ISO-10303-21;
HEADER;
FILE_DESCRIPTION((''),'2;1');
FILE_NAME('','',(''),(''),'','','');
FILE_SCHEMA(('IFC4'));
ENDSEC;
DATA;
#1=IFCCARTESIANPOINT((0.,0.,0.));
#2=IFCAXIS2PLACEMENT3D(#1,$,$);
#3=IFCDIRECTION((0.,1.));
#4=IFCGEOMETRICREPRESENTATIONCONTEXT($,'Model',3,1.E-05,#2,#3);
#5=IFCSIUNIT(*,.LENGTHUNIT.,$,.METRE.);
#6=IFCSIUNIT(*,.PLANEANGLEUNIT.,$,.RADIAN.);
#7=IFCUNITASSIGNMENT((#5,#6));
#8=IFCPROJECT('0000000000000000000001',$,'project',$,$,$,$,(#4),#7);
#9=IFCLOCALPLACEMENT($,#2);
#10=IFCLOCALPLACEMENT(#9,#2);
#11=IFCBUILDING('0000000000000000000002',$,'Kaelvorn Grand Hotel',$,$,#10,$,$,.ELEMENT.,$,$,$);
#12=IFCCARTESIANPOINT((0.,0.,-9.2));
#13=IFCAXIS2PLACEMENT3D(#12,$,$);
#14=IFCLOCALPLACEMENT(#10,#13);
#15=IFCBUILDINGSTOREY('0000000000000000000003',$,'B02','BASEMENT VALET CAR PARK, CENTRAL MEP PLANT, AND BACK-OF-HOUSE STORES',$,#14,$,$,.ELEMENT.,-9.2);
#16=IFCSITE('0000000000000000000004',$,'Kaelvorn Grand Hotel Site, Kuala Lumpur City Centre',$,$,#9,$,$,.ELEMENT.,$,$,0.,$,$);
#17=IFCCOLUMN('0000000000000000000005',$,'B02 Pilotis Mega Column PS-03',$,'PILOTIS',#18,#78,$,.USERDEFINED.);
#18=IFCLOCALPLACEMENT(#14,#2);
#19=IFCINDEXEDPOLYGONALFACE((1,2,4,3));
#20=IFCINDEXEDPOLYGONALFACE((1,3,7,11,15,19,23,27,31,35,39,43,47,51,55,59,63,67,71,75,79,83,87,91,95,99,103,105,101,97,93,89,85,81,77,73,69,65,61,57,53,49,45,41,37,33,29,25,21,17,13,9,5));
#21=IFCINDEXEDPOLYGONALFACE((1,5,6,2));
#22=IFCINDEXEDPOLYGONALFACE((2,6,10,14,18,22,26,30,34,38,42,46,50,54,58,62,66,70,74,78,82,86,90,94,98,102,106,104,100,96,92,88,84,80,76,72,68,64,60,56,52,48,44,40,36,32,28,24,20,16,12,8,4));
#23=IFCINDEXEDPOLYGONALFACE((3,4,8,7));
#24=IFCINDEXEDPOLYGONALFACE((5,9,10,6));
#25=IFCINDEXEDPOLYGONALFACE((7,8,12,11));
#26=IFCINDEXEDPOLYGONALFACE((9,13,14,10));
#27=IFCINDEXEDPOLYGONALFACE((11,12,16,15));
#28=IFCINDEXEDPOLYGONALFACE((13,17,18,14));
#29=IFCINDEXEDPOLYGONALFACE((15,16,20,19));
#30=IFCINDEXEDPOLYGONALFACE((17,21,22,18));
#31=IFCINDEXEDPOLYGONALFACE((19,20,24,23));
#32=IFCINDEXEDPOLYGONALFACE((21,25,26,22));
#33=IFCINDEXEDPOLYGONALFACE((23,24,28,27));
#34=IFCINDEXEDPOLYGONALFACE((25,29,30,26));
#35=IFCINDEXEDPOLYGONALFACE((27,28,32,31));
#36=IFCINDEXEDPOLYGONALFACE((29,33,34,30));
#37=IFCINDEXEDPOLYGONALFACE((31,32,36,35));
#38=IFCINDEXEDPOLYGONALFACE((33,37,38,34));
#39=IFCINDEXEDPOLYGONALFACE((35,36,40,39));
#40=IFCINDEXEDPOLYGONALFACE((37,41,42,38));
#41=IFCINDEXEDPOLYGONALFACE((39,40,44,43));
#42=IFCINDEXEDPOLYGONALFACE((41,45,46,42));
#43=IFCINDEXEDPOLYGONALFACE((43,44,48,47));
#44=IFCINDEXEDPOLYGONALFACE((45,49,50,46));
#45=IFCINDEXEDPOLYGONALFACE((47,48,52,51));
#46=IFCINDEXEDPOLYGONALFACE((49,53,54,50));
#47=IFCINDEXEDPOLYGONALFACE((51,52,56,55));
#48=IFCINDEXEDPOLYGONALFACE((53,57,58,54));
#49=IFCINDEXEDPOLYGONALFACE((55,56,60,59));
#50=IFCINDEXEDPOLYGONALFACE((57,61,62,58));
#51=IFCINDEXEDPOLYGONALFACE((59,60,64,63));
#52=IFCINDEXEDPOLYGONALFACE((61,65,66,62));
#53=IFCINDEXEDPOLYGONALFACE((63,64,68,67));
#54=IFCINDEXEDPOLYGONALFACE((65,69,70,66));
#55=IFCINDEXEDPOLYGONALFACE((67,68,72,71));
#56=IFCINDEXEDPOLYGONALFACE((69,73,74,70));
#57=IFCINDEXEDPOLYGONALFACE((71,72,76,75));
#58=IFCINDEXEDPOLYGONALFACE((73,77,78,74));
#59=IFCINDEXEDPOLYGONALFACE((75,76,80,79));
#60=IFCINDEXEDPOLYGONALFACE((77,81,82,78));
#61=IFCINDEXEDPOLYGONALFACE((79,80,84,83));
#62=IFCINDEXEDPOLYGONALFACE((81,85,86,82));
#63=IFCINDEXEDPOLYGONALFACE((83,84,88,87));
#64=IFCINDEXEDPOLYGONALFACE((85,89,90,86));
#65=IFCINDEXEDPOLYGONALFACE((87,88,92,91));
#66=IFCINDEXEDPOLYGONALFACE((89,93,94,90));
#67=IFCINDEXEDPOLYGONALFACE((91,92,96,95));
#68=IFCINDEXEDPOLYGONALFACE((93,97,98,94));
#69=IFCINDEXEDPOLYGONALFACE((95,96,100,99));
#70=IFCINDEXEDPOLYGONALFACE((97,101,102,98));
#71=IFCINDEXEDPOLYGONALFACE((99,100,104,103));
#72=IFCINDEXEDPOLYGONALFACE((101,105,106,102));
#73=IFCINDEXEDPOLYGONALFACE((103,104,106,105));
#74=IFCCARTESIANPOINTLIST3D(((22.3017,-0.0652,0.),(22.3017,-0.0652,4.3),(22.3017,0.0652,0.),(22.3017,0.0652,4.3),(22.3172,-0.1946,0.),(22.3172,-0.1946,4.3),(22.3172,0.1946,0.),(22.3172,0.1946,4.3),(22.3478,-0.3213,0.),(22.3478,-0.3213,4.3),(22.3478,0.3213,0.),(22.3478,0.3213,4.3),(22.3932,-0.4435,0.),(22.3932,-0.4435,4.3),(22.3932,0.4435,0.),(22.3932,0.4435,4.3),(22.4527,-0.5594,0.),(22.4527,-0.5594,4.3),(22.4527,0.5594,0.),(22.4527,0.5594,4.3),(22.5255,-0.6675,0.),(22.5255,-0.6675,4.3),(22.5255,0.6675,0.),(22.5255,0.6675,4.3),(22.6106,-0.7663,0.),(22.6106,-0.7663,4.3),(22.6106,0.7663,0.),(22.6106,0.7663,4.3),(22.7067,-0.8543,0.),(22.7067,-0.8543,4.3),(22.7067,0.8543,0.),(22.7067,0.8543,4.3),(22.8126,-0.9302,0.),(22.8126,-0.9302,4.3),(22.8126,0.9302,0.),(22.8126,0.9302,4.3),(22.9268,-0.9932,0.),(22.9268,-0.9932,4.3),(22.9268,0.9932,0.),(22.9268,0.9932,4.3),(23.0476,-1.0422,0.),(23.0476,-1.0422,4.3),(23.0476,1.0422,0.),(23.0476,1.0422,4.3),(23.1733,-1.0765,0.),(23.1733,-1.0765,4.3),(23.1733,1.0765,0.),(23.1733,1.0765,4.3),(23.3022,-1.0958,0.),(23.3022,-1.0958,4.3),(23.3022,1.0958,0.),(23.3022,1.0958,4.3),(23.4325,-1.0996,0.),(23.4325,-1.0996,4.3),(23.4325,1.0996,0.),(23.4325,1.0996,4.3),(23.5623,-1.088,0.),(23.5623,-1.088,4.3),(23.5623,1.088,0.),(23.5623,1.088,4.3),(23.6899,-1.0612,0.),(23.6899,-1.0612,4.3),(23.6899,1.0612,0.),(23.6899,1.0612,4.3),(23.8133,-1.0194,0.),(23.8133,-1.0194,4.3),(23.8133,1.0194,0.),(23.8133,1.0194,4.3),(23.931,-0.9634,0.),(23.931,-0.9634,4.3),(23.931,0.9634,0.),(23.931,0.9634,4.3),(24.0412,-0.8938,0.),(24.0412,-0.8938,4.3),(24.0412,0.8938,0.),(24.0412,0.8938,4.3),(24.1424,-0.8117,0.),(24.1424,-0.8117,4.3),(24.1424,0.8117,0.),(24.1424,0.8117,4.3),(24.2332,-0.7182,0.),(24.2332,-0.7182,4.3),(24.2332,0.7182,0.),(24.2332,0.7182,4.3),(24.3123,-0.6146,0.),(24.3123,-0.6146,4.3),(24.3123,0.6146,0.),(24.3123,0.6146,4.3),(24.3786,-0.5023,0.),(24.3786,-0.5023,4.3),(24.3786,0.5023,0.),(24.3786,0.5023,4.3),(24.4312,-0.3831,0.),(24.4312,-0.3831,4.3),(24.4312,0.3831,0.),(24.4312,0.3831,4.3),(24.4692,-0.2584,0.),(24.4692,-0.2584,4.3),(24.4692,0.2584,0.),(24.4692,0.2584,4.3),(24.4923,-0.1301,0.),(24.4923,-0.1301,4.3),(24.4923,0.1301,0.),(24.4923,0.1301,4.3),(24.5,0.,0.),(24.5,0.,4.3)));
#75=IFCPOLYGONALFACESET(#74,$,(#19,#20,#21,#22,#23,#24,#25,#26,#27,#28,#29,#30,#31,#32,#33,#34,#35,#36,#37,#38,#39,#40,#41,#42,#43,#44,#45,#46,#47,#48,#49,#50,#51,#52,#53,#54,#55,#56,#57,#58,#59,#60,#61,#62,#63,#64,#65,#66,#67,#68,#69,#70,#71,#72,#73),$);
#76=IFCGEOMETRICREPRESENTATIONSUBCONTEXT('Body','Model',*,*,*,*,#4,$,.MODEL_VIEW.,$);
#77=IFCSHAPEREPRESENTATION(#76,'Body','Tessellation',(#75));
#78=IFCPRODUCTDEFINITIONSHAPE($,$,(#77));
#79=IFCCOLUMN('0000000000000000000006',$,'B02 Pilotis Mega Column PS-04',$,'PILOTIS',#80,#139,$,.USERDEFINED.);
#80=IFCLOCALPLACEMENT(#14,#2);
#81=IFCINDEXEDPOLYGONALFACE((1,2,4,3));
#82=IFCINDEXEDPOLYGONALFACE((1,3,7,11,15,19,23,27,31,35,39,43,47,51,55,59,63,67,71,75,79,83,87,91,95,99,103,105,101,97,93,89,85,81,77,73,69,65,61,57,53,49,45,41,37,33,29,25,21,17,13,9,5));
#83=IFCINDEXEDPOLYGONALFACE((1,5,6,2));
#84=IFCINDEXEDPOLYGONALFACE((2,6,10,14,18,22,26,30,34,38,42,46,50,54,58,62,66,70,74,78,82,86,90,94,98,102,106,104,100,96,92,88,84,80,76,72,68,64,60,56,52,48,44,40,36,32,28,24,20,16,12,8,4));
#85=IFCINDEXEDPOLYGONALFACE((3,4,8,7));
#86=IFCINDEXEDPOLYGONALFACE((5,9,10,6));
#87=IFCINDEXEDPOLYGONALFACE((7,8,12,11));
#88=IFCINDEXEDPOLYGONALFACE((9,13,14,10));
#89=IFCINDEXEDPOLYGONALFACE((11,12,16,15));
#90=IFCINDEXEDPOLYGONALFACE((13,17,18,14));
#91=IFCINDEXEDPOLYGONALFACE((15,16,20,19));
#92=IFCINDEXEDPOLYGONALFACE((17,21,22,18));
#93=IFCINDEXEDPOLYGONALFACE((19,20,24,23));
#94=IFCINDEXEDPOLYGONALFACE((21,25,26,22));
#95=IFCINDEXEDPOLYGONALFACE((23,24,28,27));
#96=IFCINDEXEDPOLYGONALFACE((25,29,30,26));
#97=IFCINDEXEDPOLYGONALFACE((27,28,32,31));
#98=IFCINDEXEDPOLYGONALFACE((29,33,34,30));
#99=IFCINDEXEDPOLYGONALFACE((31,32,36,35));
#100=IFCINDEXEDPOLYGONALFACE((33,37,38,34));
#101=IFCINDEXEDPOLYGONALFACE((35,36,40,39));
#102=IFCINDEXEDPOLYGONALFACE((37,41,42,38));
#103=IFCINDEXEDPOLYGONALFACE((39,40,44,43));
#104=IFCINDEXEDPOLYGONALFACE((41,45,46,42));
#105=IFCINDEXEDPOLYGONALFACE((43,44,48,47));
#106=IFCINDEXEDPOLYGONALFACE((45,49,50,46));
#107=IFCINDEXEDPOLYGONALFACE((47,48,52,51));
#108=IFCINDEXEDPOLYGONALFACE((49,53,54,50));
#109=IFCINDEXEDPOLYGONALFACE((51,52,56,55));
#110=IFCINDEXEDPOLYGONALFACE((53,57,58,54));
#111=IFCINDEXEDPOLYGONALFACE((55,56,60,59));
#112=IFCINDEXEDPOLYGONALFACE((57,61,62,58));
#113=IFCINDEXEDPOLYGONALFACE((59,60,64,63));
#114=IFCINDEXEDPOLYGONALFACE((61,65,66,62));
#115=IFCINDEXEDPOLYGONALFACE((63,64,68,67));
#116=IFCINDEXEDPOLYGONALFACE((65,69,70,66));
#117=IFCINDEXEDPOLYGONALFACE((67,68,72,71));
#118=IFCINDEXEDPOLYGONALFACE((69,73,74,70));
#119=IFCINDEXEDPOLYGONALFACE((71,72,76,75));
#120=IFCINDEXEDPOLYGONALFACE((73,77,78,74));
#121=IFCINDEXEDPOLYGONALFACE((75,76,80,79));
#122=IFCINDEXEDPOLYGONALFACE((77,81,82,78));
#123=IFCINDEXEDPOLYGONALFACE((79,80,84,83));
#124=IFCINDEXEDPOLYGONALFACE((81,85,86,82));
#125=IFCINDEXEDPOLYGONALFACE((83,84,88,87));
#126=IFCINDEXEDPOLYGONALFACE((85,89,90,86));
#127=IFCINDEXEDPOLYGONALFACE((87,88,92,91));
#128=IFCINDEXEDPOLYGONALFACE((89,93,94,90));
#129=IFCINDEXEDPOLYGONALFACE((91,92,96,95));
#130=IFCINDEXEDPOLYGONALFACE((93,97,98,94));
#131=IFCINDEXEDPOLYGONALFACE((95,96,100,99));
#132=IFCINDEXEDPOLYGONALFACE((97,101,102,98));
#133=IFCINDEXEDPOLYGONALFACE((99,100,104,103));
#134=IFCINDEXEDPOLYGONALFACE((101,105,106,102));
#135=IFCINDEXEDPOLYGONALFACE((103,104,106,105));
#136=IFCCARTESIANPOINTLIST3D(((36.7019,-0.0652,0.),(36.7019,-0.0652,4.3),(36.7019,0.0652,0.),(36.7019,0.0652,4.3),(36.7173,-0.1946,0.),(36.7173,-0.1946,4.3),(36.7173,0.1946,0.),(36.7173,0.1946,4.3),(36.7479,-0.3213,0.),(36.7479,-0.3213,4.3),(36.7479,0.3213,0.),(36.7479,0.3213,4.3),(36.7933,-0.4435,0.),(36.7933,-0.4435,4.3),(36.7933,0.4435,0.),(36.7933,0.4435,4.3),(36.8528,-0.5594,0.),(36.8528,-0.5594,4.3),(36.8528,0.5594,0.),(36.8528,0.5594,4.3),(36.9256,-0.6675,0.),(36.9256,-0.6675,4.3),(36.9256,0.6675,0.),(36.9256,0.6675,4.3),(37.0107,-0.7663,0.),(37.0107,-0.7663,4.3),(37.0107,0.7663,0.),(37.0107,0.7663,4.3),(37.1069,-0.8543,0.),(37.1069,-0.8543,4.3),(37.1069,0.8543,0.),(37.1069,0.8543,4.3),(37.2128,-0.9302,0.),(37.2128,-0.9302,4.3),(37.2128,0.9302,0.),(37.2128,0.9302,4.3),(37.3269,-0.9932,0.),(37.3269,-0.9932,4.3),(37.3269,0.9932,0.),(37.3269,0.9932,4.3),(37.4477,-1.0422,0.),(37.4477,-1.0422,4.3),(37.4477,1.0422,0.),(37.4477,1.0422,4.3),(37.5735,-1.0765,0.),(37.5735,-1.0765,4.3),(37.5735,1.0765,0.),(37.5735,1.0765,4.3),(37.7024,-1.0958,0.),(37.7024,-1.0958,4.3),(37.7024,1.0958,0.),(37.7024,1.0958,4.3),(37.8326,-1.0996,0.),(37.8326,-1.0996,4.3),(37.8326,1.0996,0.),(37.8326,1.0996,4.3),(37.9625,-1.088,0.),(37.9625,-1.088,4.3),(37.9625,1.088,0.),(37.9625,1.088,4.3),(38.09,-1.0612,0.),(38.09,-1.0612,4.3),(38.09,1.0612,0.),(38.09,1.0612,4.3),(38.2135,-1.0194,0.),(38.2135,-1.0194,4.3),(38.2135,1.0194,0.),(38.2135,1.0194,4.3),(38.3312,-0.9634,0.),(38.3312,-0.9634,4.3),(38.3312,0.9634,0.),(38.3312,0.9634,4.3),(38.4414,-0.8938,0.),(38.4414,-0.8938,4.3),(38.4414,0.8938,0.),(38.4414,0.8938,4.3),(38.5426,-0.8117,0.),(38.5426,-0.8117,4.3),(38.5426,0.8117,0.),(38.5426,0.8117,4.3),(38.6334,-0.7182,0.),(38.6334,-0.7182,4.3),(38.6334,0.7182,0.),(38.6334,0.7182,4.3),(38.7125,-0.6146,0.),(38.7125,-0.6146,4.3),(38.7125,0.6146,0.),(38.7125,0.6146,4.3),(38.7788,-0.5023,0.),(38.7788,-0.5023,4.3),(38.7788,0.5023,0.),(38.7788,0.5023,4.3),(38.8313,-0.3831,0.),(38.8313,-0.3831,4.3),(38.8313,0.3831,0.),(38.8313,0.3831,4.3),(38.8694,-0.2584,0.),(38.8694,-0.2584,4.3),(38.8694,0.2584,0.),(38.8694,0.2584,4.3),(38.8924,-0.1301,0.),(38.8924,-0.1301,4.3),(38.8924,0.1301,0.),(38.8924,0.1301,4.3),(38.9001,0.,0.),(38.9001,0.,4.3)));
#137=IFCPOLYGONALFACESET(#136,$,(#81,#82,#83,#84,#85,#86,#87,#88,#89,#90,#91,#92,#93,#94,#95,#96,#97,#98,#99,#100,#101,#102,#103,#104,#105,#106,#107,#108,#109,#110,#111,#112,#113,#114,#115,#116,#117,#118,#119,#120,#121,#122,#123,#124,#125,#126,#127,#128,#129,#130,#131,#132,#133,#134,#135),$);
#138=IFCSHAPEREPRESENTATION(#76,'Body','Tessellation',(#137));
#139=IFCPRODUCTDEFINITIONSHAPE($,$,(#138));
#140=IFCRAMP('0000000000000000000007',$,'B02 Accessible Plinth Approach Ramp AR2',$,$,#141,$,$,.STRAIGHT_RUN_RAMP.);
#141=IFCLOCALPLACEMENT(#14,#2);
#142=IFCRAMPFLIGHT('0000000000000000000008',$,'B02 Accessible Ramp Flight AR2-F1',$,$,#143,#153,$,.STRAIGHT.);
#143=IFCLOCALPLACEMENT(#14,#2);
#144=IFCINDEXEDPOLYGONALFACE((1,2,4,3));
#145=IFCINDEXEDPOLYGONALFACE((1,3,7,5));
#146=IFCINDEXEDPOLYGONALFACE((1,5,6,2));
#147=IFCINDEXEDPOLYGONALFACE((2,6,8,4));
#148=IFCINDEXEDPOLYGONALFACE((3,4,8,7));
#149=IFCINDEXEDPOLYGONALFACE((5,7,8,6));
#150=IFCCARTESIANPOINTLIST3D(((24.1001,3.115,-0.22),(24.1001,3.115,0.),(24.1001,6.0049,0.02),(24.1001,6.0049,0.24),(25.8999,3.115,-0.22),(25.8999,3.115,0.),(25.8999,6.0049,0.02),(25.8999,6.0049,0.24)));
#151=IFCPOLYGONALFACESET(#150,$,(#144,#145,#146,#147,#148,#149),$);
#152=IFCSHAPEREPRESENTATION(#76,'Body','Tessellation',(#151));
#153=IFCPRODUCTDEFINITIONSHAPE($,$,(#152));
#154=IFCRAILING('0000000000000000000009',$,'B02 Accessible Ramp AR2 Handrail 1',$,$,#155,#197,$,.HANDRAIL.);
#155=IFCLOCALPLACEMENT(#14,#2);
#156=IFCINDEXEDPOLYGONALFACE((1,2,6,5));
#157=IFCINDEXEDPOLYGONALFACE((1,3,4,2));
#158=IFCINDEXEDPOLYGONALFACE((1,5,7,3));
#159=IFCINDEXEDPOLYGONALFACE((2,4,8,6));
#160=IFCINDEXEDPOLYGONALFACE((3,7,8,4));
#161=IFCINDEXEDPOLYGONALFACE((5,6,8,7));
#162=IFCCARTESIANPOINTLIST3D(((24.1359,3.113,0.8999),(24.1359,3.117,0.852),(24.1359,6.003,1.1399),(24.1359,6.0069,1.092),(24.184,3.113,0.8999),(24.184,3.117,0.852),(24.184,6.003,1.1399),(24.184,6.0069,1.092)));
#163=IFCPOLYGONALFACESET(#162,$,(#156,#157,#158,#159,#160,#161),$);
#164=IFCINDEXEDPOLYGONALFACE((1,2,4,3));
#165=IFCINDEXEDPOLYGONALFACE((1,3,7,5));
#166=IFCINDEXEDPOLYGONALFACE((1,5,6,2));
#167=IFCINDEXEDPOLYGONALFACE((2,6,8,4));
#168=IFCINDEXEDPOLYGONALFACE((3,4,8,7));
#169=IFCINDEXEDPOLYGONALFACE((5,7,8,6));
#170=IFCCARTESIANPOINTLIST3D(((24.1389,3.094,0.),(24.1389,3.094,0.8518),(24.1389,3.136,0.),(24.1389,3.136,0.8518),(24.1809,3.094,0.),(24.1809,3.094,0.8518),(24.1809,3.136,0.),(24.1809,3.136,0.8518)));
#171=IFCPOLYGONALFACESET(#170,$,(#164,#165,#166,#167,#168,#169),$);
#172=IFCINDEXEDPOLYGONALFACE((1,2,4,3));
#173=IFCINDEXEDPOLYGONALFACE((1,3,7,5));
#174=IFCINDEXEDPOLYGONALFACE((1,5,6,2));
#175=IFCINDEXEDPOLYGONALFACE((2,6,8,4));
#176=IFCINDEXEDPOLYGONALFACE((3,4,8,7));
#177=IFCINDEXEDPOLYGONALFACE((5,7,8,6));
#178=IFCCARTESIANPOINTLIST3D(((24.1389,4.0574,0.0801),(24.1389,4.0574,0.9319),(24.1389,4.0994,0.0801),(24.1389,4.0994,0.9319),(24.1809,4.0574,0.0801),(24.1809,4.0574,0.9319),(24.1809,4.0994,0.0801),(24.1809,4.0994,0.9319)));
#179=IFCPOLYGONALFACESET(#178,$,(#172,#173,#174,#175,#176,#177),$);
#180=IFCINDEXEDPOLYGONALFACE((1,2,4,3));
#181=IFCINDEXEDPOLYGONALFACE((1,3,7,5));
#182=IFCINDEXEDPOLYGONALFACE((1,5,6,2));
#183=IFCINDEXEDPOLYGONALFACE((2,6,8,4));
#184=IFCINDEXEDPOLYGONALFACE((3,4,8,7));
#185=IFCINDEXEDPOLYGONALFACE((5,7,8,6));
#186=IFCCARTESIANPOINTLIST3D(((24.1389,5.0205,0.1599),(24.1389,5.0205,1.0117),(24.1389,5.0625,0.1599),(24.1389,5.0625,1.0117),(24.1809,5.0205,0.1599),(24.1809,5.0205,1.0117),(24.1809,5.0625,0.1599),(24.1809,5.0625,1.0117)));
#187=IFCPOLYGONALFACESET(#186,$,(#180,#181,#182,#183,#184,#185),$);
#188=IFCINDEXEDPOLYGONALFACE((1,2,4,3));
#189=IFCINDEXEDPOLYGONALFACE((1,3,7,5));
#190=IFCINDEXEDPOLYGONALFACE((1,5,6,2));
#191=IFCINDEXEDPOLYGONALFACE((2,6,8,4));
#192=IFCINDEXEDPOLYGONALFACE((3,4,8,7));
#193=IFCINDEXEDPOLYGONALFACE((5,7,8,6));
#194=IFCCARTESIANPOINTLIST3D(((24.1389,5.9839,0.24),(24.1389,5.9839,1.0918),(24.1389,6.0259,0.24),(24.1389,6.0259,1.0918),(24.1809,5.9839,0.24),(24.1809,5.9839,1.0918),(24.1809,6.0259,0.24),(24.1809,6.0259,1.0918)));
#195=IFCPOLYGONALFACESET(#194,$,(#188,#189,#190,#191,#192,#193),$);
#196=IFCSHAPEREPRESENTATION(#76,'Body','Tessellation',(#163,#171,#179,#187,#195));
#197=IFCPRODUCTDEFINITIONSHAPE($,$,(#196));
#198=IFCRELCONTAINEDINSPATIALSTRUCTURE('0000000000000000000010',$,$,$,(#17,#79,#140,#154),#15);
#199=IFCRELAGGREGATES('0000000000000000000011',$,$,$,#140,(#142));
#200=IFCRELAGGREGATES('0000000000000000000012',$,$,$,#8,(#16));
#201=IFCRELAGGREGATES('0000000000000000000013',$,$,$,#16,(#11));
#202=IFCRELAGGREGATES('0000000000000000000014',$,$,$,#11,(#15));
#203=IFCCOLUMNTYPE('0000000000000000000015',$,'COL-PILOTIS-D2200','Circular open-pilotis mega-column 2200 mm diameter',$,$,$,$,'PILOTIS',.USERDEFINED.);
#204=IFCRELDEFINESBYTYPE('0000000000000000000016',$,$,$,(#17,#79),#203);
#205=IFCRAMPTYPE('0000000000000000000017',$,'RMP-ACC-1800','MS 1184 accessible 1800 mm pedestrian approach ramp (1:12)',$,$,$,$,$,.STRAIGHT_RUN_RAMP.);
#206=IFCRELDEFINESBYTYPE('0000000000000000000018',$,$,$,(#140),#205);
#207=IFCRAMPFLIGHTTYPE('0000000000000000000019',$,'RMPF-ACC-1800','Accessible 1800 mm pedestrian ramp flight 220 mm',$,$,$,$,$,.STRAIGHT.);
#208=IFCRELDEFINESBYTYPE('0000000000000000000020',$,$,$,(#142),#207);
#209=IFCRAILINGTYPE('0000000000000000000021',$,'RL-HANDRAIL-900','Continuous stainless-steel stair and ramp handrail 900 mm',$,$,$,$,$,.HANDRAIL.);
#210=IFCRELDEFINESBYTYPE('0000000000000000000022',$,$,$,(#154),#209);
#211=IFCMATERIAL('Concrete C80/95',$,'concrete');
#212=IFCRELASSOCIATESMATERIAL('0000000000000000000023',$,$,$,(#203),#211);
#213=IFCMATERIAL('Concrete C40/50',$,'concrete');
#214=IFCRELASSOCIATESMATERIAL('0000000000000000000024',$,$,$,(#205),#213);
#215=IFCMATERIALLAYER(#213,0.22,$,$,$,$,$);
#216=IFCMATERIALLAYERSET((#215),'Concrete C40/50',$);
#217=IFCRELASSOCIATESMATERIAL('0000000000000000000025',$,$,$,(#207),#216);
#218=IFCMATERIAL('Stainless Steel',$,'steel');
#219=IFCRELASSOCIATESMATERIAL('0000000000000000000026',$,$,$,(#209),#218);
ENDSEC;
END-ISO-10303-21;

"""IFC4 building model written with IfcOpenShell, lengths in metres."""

from ifc_helpers import new_model, si_unit, direction, frame, origin, origin_2d, place, context, subcontext, project, spatial, polyline, rectangle, circle, outline, extrude, material, layer, layer_set, material_profile, profile_set, type_object, element, aggregate, save


model = new_model("IFC4")

# Units and contexts
model_context = context("Model", 3, precision=1e-05, world=origin(), true_north=direction((0.0, 1.0)))
body_context = subcontext(model_context, "Body", "Model", "MODEL_VIEW")
ifc_project = project(units=[si_unit("LENGTHUNIT", "METRE"), si_unit("PLANEANGLEUNIT", "RADIAN")], contexts=[model_context])

# Site, building, storey
site_placement = place(None, origin())
site = spatial("IfcSite", under=ifc_project, at=site_placement, Name="Kaelvorn Grand Hotel Site, Kuala Lumpur City Centre", CompositionType="ELEMENT", RefElevation=0.0)
building_placement = place(site_placement, origin())
building = spatial("IfcBuilding", under=site, at=building_placement, Name="Kaelvorn Grand Hotel", CompositionType="ELEMENT")
storey_placement = place(building_placement, frame((0.0, 0.0, -9.2)))
storey = spatial("IfcBuildingStorey", under=building, at=storey_placement, Name="B02", Description="BASEMENT VALET CAR PARK, CENTRAL MEP PLANT, AND BACK-OF-HOUSE STORES", CompositionType="ELEMENT", Elevation=-9.2)

# Columns
ifc_material_1 = material(Name="Concrete C80/95", Category="concrete")
ifc_material_profile_1 = material_profile(ifc_material_1, circle(Radius=1.1001, at=origin_2d()), Name="PILOTIS D2200")
ifc_profile_set_1 = profile_set([ifc_material_profile_1], Name="Concrete C80/95")
column_type_1 = type_object("IfcColumnType", Name="COL-PILOTIS-D2200", Description="Circular open-pilotis mega-column 2200 mm diameter", ElementType="PILOTIS", PredefinedType="USERDEFINED", material=ifc_profile_set_1)
for number, where, z_axis, x_axis, name in (
    (1, (23.3999, 0.0, 0.0), (0.0, 0.0, 1.0), (1.0, 0.0, 0.0), "B02 Pilotis Mega Column PS-03"),
    (2, (37.8, 0.0, 0.0), (0.0, 0.0, 1.0), (1.0, 0.0, 0.0), "B02 Pilotis Mega Column PS-04"),
):
    element("IfcColumn", number, at=place(storey_placement, frame(where, z_axis=z_axis, x_axis=x_axis)), inside=storey, type_object=column_type_1, Name=name, ObjectType="PILOTIS", PredefinedType="USERDEFINED", context=body_context, shape_type="SweptSolid", body=[
        extrude(circle(Radius=1.1001, at=origin_2d()), origin(), (0.0, 0.0, 1.0), 4.3),
    ])

# Ramp, ramp flight
ifc_material_2 = material(Name="Concrete C40/50", Category="concrete")
ramp_type = type_object("IfcRampType", Name="RMP-ACC-1800", Description="MS 1184 accessible 1800 mm pedestrian approach ramp (1:12)", PredefinedType="STRAIGHT_RUN_RAMP", material=ifc_material_2)
ramp_placement = place(storey_placement, origin())
ramp = element("IfcRamp", 3, at=ramp_placement, inside=storey, type_object=ramp_type, Name="B02 Accessible Plinth Approach Ramp AR2", PredefinedType="STRAIGHT_RUN_RAMP")
ifc_layer_1 = layer(ifc_material_2, 0.22)
ifc_layer_set_1 = layer_set([ifc_layer_1], Name="Concrete C40/50")
ramp_flight_type = type_object("IfcRampFlightType", Name="RMPF-ACC-1800", Description="Accessible 1800 mm pedestrian ramp flight 220 mm", PredefinedType="STRAIGHT", material=ifc_layer_set_1)
ramp_flight_placement = place(storey_placement, frame((25.0, 3.115, 0.0), z_axis=(0.0, 0.0, 1.0), x_axis=(0.0, 1.0, 0.0)))
ramp_flight = element("IfcRampFlight", 4, at=ramp_flight_placement, type_object=ramp_flight_type, Name="B02 Accessible Ramp Flight AR2-F1", PredefinedType="STRAIGHT", context=body_context, shape_type="SweptSolid", body=[
    extrude(outline(polyline([(0.0, 0.0), (2.8899, 0.24), (2.8899, 0.02), (0.0, -0.22), (0.0, 0.0)])), frame((0.0, 0.8999, 0.0), z_axis=(0.0, -1.0, 0.0), x_axis=(1.0, 0.0, 0.0)), (0.0, 0.0, 1.0), 1.7998),
])
aggregate(ramp, [ramp_flight])

# Railing
ifc_material_3 = material(Name="Stainless Steel", Category="steel")
railing_type = type_object("IfcRailingType", Name="RL-HANDRAIL-900", Description="Continuous stainless-steel stair and ramp handrail 900 mm", PredefinedType="HANDRAIL", material=ifc_material_3)
for number, where, name in (
    (5, (24.1599, 3.115, 0.0), "B02 Accessible Ramp AR2 Handrail 1"),
):
    element("IfcRailing", number, at=place(storey_placement, frame(where)), inside=storey, type_object=railing_type, Name=name, PredefinedType="HANDRAIL", context=body_context, shape_type="SweptSolid", body=[
        extrude(rectangle(XDim=0.0481, YDim=0.0481, at=origin_2d()), frame((0.0, 0.0, 0.876), z_axis=(0.0, 0.99657, 0.08276), x_axis=(-1.0, 0.0, 0.0)), (0.0, 0.0, 1.0), 2.8999),
        extrude(rectangle(XDim=0.042, YDim=0.042, at=origin_2d()), origin(), (0.0, 0.0, 1.0), 0.8518),
        extrude(rectangle(XDim=0.042, YDim=0.042, at=origin_2d()), frame((0.0, 0.9634, 0.0801)), (0.0, 0.0, 1.0), 0.8518),
        extrude(rectangle(XDim=0.042, YDim=0.042, at=origin_2d()), frame((0.0, 1.9265, 0.1599)), (0.0, 0.0, 1.0), 0.8518),
        extrude(rectangle(XDim=0.042, YDim=0.042, at=origin_2d()), frame((0.0, 2.8899, 0.24)), (0.0, 0.0, 1.0), 0.8518),
    ])

save(model, "model.ifc")
